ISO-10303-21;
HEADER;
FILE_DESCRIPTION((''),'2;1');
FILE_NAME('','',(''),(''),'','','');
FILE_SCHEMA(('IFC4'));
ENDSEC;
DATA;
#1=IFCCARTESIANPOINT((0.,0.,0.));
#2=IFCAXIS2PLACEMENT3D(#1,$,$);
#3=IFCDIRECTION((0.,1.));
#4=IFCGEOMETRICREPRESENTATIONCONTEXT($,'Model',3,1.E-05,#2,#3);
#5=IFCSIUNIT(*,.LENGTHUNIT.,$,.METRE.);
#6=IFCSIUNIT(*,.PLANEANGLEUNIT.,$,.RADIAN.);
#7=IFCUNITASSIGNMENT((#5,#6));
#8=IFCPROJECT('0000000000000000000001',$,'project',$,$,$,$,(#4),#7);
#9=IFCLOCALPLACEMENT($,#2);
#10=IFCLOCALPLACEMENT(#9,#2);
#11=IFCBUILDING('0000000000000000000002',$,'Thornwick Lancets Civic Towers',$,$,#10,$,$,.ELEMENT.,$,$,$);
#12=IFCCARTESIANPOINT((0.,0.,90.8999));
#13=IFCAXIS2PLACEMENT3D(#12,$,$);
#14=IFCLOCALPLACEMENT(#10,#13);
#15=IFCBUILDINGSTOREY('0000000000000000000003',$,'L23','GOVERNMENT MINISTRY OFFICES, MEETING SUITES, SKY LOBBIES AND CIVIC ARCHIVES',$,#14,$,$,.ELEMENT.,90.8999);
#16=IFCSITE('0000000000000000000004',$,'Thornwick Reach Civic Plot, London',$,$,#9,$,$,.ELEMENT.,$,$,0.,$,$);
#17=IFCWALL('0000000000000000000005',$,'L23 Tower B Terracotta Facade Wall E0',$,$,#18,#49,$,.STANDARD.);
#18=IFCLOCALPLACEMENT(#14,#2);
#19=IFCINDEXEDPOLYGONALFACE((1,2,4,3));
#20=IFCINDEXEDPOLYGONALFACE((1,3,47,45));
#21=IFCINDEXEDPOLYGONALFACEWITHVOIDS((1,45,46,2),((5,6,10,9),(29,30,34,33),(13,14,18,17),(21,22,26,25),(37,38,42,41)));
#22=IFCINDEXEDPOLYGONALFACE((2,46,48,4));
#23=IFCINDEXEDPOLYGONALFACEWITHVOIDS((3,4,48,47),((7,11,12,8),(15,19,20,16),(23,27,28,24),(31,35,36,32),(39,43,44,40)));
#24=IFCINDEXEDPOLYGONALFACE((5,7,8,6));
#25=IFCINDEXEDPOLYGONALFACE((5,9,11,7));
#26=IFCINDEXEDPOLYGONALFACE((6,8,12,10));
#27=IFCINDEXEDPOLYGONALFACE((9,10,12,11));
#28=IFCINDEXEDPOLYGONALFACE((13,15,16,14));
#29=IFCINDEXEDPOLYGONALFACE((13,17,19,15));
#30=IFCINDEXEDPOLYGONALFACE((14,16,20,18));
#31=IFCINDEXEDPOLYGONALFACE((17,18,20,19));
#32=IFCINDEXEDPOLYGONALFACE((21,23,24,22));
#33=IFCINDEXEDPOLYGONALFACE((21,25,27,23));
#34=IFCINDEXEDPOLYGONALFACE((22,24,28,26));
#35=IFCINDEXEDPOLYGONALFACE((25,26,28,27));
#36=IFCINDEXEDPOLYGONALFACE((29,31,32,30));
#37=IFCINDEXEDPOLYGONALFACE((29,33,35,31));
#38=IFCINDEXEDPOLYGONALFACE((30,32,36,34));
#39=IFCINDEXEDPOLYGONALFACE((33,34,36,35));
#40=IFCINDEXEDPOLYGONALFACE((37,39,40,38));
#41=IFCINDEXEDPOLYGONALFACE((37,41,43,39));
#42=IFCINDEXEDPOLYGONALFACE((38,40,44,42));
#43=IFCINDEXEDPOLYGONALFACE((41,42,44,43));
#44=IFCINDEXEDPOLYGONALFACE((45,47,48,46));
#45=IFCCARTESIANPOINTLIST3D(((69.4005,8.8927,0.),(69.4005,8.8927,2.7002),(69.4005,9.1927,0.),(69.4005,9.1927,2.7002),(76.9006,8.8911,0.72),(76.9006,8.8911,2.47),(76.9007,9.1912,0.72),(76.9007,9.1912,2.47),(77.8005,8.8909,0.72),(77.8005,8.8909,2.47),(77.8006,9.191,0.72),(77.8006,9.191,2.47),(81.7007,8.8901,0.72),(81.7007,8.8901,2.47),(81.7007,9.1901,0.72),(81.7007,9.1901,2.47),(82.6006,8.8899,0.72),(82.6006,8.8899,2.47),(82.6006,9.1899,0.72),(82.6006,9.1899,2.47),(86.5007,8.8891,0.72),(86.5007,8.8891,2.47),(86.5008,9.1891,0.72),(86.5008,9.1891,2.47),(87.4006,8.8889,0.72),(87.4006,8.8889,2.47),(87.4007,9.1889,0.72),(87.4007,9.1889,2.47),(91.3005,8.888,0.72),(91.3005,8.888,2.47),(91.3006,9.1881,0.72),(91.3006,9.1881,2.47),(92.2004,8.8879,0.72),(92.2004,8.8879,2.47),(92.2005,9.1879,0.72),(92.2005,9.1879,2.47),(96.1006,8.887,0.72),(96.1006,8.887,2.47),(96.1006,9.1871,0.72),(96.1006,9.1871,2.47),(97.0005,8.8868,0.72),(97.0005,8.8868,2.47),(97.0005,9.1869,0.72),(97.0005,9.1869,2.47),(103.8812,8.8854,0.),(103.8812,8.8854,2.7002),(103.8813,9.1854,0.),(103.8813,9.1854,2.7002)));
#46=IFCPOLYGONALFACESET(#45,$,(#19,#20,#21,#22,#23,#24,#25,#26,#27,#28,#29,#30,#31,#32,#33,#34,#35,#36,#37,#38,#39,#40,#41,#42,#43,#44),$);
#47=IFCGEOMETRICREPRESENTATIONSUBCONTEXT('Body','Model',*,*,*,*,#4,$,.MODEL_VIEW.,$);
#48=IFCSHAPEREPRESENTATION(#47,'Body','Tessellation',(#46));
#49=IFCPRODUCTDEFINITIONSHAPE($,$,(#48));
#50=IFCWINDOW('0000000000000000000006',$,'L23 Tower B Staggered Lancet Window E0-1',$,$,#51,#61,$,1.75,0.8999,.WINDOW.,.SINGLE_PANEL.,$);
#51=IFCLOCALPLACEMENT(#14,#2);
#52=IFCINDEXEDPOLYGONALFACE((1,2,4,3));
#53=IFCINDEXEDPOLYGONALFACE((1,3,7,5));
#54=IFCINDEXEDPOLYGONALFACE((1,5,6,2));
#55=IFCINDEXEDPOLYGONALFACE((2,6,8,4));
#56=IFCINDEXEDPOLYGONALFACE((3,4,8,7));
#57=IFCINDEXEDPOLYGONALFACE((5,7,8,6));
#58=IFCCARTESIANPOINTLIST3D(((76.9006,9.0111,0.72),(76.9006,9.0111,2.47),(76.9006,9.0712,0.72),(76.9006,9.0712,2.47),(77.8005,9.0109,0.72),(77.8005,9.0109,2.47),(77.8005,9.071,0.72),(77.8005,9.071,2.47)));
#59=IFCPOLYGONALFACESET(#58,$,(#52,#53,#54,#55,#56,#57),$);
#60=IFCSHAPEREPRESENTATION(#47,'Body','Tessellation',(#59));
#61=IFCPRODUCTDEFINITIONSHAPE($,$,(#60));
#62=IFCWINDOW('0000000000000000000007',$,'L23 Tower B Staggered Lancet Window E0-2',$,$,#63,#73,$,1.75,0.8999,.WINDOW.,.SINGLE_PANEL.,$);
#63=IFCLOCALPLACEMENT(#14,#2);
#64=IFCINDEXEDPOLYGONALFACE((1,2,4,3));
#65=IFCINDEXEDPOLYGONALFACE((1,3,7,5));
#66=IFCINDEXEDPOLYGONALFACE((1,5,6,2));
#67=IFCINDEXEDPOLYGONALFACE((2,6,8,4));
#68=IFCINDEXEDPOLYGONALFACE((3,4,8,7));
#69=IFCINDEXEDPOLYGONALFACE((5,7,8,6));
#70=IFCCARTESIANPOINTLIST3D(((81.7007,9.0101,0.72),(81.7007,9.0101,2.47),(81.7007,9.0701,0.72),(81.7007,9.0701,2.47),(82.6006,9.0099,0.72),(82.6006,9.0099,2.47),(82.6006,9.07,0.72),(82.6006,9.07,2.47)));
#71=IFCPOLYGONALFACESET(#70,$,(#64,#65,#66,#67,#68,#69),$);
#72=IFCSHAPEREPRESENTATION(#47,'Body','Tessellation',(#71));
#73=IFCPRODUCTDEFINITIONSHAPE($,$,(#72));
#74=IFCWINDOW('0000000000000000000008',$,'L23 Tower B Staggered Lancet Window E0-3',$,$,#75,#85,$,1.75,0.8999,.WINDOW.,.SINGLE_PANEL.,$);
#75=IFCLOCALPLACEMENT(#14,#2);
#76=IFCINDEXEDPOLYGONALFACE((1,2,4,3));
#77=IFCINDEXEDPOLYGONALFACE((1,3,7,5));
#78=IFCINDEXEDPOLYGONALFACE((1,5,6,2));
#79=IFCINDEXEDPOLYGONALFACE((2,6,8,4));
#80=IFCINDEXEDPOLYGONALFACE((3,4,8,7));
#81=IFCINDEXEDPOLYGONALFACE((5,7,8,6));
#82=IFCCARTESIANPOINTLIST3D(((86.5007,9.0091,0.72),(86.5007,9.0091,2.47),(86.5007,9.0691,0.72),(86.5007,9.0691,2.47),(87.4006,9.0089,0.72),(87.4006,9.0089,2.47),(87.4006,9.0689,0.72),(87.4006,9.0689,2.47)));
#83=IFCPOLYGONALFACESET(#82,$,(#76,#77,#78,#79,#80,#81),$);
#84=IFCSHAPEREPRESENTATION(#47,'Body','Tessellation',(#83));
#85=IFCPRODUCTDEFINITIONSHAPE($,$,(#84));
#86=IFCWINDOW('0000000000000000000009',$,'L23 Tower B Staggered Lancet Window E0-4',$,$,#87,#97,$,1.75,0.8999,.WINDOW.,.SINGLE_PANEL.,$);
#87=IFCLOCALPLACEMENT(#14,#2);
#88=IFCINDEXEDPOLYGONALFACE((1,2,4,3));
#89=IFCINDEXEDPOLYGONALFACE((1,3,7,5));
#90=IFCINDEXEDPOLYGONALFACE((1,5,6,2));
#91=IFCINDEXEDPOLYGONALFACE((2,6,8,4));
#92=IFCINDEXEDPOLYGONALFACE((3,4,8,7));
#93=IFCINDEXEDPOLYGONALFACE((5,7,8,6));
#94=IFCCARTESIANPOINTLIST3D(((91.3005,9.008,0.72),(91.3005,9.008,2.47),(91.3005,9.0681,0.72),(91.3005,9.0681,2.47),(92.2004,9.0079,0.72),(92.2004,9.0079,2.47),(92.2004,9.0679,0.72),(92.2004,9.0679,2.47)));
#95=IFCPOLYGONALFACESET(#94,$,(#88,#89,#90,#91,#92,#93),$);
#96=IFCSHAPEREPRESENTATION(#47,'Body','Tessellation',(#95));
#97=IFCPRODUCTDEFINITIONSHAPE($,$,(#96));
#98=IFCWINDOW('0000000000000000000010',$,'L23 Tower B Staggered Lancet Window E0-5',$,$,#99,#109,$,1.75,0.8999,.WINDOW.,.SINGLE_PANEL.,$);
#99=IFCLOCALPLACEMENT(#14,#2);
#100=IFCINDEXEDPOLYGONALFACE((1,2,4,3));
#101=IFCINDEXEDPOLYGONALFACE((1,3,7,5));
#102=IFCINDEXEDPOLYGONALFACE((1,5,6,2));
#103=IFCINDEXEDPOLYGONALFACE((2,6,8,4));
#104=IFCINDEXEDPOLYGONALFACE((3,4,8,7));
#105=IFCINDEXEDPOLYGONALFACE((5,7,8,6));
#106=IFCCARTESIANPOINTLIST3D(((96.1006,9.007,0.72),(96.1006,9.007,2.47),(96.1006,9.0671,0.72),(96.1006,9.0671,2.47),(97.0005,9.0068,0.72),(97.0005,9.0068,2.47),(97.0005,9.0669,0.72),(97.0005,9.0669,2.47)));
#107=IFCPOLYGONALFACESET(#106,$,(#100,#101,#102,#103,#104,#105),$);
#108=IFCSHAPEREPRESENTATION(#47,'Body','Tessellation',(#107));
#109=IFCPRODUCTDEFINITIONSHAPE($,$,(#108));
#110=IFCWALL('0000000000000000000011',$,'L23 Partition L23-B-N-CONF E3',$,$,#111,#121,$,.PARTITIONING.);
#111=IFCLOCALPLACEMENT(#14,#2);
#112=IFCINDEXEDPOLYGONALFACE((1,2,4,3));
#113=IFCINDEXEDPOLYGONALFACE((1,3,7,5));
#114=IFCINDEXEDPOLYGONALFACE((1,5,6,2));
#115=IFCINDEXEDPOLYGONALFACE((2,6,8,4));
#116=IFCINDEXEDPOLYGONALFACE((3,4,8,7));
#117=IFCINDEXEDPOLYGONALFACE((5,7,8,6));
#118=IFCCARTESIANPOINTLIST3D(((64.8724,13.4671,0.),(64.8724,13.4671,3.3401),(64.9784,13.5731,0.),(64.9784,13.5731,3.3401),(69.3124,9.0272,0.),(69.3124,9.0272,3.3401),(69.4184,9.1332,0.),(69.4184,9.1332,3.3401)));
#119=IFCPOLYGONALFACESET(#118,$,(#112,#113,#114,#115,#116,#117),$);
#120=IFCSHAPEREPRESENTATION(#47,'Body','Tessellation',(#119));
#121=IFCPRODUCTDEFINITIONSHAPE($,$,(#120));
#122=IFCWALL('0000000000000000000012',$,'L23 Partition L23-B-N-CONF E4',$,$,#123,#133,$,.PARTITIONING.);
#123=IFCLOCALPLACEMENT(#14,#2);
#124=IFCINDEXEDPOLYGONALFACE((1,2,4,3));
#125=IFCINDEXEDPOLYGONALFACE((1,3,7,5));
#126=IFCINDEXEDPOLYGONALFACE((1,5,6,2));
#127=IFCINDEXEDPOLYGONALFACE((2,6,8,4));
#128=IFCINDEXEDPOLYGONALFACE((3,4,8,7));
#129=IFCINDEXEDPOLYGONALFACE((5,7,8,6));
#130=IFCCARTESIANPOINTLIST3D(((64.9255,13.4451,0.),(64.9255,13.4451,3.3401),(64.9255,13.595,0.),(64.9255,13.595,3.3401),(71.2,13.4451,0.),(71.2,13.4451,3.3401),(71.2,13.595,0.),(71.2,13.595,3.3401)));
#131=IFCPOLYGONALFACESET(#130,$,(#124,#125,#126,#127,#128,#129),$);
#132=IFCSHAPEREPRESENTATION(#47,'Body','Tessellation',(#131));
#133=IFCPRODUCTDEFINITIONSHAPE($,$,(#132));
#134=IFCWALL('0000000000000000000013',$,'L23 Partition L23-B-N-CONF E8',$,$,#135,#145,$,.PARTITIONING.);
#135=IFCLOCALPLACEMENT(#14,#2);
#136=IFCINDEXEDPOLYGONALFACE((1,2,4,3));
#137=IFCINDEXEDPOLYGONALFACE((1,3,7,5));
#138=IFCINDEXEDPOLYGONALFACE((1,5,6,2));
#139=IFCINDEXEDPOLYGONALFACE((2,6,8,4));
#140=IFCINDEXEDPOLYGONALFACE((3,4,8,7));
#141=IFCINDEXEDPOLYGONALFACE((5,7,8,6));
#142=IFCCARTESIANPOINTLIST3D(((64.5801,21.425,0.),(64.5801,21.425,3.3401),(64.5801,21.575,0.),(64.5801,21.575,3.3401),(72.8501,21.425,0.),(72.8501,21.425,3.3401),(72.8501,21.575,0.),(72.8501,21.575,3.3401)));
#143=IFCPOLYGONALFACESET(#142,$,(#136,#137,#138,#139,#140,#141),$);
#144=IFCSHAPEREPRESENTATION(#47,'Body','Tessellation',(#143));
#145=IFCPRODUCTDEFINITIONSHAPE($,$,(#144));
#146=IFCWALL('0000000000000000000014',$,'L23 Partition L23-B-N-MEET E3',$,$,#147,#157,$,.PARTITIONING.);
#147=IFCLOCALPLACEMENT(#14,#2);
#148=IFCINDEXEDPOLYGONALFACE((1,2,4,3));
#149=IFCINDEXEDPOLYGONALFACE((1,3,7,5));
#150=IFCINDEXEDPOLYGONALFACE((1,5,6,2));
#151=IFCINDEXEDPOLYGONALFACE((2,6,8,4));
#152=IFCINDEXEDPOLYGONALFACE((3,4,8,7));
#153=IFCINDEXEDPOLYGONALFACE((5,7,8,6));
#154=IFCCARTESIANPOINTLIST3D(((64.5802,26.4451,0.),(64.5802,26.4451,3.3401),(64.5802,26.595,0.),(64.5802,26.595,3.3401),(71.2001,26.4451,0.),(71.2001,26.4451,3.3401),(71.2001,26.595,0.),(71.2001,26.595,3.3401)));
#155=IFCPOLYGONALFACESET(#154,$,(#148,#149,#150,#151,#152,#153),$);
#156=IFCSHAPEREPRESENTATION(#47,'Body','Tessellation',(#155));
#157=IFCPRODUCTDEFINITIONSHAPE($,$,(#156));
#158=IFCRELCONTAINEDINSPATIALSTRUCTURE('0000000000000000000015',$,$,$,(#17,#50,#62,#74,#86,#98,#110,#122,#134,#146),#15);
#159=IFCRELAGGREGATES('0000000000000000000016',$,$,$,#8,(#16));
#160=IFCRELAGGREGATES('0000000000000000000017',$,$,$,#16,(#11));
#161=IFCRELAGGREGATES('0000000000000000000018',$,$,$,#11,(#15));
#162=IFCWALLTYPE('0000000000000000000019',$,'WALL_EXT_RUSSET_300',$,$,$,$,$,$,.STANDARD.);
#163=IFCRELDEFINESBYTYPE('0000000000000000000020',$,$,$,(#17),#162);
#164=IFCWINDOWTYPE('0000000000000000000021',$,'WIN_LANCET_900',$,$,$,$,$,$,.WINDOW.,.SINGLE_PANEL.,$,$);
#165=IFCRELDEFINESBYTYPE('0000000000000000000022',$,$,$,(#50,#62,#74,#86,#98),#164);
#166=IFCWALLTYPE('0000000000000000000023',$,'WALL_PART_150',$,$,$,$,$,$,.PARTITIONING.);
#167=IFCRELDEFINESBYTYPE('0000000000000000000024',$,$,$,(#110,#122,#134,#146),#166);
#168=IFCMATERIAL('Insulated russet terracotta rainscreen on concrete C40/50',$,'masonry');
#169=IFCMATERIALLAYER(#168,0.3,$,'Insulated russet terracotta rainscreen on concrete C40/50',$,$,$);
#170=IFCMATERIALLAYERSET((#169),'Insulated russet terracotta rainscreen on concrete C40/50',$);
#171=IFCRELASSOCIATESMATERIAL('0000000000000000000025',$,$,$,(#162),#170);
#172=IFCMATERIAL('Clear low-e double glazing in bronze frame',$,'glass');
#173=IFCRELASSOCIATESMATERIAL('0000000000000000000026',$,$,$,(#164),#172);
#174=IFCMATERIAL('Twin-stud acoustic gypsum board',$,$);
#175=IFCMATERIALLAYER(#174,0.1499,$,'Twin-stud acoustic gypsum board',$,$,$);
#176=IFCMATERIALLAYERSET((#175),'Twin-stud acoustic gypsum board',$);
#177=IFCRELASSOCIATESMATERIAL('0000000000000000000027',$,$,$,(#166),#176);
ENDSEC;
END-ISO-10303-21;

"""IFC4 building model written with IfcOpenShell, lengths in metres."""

from ifc_helpers import new_model, si_unit, direction, frame, frame_2d, origin, place, context, subcontext, project, spatial, rectangle, extrude, material, layer, layer_set, type_object, element, fill, save


model = new_model("IFC4")

# Units and contexts
model_context = context("Model", 3, precision=1e-05, world=origin(), true_north=direction((0.0, 1.0)))
body_context = subcontext(model_context, "Body", "Model", "MODEL_VIEW")
ifc_project = project(units=[si_unit("LENGTHUNIT", "METRE"), si_unit("PLANEANGLEUNIT", "RADIAN")], contexts=[model_context])

# Site, building, storey
site_placement = place(None, origin())
site = spatial("IfcSite", under=ifc_project, at=site_placement, Name="Thornwick Reach Civic Plot, London", CompositionType="ELEMENT", RefElevation=0.0)
building_placement = place(site_placement, origin())
building = spatial("IfcBuilding", under=site, at=building_placement, Name="Thornwick Lancets Civic Towers", CompositionType="ELEMENT")
storey_placement = place(building_placement, frame((0.0, 0.0, 90.8999)))
storey = spatial("IfcBuildingStorey", under=building, at=storey_placement, Name="L23", Description="GOVERNMENT MINISTRY OFFICES, MEETING SUITES, SKY LOBBIES AND CIVIC ARCHIVES", CompositionType="ELEMENT", Elevation=90.8999)

# Wall, openings, windows
ifc_material_1 = material(Name="Insulated russet terracotta rainscreen on concrete C40/50", Category="masonry")
ifc_layer_1 = layer(ifc_material_1, 0.3, Name="Insulated russet terracotta rainscreen on concrete C40/50")
ifc_layer_set_1 = layer_set([ifc_layer_1], Name="Insulated russet terracotta rainscreen on concrete C40/50")
wall_type_1 = type_object("IfcWallType", Name="WALL_EXT_RUSSET_300", PredefinedType="STANDARD", material=ifc_layer_set_1)
ifc_material_2 = material(Name="Clear low-e double glazing in bronze frame", Category="glass")
window_type = type_object("IfcWindowType", Name="WIN_LANCET_900", PartitioningType="SINGLE_PANEL", PredefinedType="WINDOW", material=ifc_material_2)
wall_1_placement = place(storey_placement, frame((69.4006, 9.0427, 0.0), z_axis=(0.0, 0.0, 1.0), x_axis=(1.0, -0.000212, 0.0)))
wall_1 = element("IfcWall", 1, at=wall_1_placement, inside=storey, type_object=wall_type_1, Name="L23 Tower B Terracotta Facade Wall E0", PredefinedType="STANDARD", context=body_context, shape_type="SweptSolid", body=[
    extrude(rectangle(XDim=34.4807, YDim=0.3, at=frame_2d((17.2402, 0.0))), origin(), (0.0, 0.0, 1.0), 2.7002),
])
opening_1_placement = place(wall_1_placement, frame((7.5, 0.0, 0.72)))
opening_1 = element("IfcOpeningElement", 2, at=opening_1_placement, cuts=wall_1, PredefinedType="OPENING", context=body_context, shape_type="SweptSolid", body=[
    extrude(rectangle(XDim=0.8999, YDim=1.75, at=frame_2d((0.45, 0.875))), frame((0.0, 0.1602, 0.0), z_axis=(0.0, -1.0, 0.0), x_axis=(1.0, 0.0, 0.0)), (0.0, 0.0, 1.0), 0.3201),
])
opening_2_placement = place(wall_1_placement, frame((12.3, 0.0, 0.72)))
opening_2 = element("IfcOpeningElement", 3, at=opening_2_placement, cuts=wall_1, PredefinedType="OPENING", context=body_context, shape_type="SweptSolid", body=[
    extrude(rectangle(XDim=0.8999, YDim=1.75, at=frame_2d((0.45, 0.875))), frame((0.0, 0.1602, 0.0), z_axis=(0.0, -1.0, 0.0), x_axis=(1.0, 0.0, 0.0)), (0.0, 0.0, 1.0), 0.3201),
])
opening_3_placement = place(wall_1_placement, frame((17.1001, 0.0, 0.72)))
opening_3 = element("IfcOpeningElement", 4, at=opening_3_placement, cuts=wall_1, PredefinedType="OPENING", context=body_context, shape_type="SweptSolid", body=[
    extrude(rectangle(XDim=0.8999, YDim=1.75, at=frame_2d((0.45, 0.875))), frame((0.0, 0.1602, 0.0), z_axis=(0.0, -1.0, 0.0), x_axis=(1.0, 0.0, 0.0)), (0.0, 0.0, 1.0), 0.3201),
])
opening_4_placement = place(wall_1_placement, frame((21.8999, 0.0, 0.72)))
opening_4 = element("IfcOpeningElement", 5, at=opening_4_placement, cuts=wall_1, PredefinedType="OPENING", context=body_context, shape_type="SweptSolid", body=[
    extrude(rectangle(XDim=0.8999, YDim=1.75, at=frame_2d((0.45, 0.875))), frame((0.0, 0.1602, 0.0), z_axis=(0.0, -1.0, 0.0), x_axis=(1.0, 0.0, 0.0)), (0.0, 0.0, 1.0), 0.3201),
])
opening_5_placement = place(wall_1_placement, frame((26.7, 0.0, 0.72)))
opening_5 = element("IfcOpeningElement", 6, at=opening_5_placement, cuts=wall_1, PredefinedType="OPENING", context=body_context, shape_type="SweptSolid", body=[
    extrude(rectangle(XDim=0.8999, YDim=1.75, at=frame_2d((0.45, 0.875))), frame((0.0, 0.1602, 0.0), z_axis=(0.0, -1.0, 0.0), x_axis=(1.0, 0.0, 0.0)), (0.0, 0.0, 1.0), 0.3201),
])
window_1_placement = place(opening_1_placement, origin())
window_1 = element("IfcWindow", 7, at=window_1_placement, inside=storey, type_object=window_type, Name="L23 Tower B Staggered Lancet Window E0-1", OverallHeight=1.75, OverallWidth=0.8999, PartitioningType="SINGLE_PANEL", PredefinedType="WINDOW", context=body_context, shape_type="SweptSolid", body=[
    extrude(rectangle(XDim=0.8999, YDim=1.75, at=frame_2d((0.45, 0.875))), frame((0.0, 0.03, 0.0), z_axis=(0.0, -1.0, 0.0), x_axis=(1.0, 0.0, 0.0)), (0.0, 0.0, 1.0), 0.0601),
])
fill(opening_1, window_1)
window_2_placement = place(opening_2_placement, origin())
window_2 = element("IfcWindow", 8, at=window_2_placement, inside=storey, type_object=window_type, Name="L23 Tower B Staggered Lancet Window E0-2", OverallHeight=1.75, OverallWidth=0.8999, PartitioningType="SINGLE_PANEL", PredefinedType="WINDOW", context=body_context, shape_type="SweptSolid", body=[
    extrude(rectangle(XDim=0.8999, YDim=1.75, at=frame_2d((0.45, 0.875))), frame((0.0, 0.03, 0.0), z_axis=(0.0, -1.0, 0.0), x_axis=(1.0, 0.0, 0.0)), (0.0, 0.0, 1.0), 0.0601),
])
fill(opening_2, window_2)
window_3_placement = place(opening_3_placement, origin())
window_3 = element("IfcWindow", 9, at=window_3_placement, inside=storey, type_object=window_type, Name="L23 Tower B Staggered Lancet Window E0-3", OverallHeight=1.75, OverallWidth=0.8999, PartitioningType="SINGLE_PANEL", PredefinedType="WINDOW", context=body_context, shape_type="SweptSolid", body=[
    extrude(rectangle(XDim=0.8999, YDim=1.75, at=frame_2d((0.45, 0.875))), frame((0.0, 0.03, 0.0), z_axis=(0.0, -1.0, 0.0), x_axis=(1.0, 0.0, 0.0)), (0.0, 0.0, 1.0), 0.0601),
])
fill(opening_3, window_3)
window_4_placement = place(opening_4_placement, origin())
window_4 = element("IfcWindow", 10, at=window_4_placement, inside=storey, type_object=window_type, Name="L23 Tower B Staggered Lancet Window E0-4", OverallHeight=1.75, OverallWidth=0.8999, PartitioningType="SINGLE_PANEL", PredefinedType="WINDOW", context=body_context, shape_type="SweptSolid", body=[
    extrude(rectangle(XDim=0.8999, YDim=1.75, at=frame_2d((0.45, 0.875))), frame((0.0, 0.03, 0.0), z_axis=(0.0, -1.0, 0.0), x_axis=(1.0, 0.0, 0.0)), (0.0, 0.0, 1.0), 0.0601),
])
fill(opening_4, window_4)
window_5_placement = place(opening_5_placement, origin())
window_5 = element("IfcWindow", 11, at=window_5_placement, inside=storey, type_object=window_type, Name="L23 Tower B Staggered Lancet Window E0-5", OverallHeight=1.75, OverallWidth=0.8999, PartitioningType="SINGLE_PANEL", PredefinedType="WINDOW", context=body_context, shape_type="SweptSolid", body=[
    extrude(rectangle(XDim=0.8999, YDim=1.75, at=frame_2d((0.45, 0.875))), frame((0.0, 0.03, 0.0), z_axis=(0.0, -1.0, 0.0), x_axis=(1.0, 0.0, 0.0)), (0.0, 0.0, 1.0), 0.0601),
])
fill(opening_5, window_5)

# Walls
ifc_material_3 = material(Name="Twin-stud acoustic gypsum board")
ifc_layer_2 = layer(ifc_material_3, 0.1499, Name="Twin-stud acoustic gypsum board")
ifc_layer_set_2 = layer_set([ifc_layer_2], Name="Twin-stud acoustic gypsum board")
wall_type_2 = type_object("IfcWallType", Name="WALL_PART_150", PredefinedType="PARTITIONING", material=ifc_layer_set_2)
wall_2_placement = place(storey_placement, frame((69.3655, 9.0801, 0.0), z_axis=(0.0, 0.0, 1.0), x_axis=(-0.707107, 0.707107, 0.0)))
element("IfcWall", 12, at=wall_2_placement, inside=storey, type_object=wall_type_2, Name="L23 Partition L23-B-N-CONF E3", PredefinedType="PARTITIONING", context=body_context, shape_type="SweptSolid", body=[
    extrude(rectangle(XDim=6.2791, YDim=0.1499, at=frame_2d((3.1396, 0.0))), origin(), (0.0, 0.0, 1.0), 3.3401),
])
wall_3_placement = place(storey_placement, frame((64.9255, 13.52, 0.0), z_axis=(0.0, 0.0, 1.0), x_axis=(1.0, 0.0, 0.0)))
element("IfcWall", 13, at=wall_3_placement, inside=storey, type_object=wall_type_2, Name="L23 Partition L23-B-N-CONF E4", PredefinedType="PARTITIONING", context=body_context, shape_type="SweptSolid", body=[
    extrude(rectangle(XDim=6.2744, YDim=0.1499, at=frame_2d((3.1372, 0.0))), origin(), (0.0, 0.0, 1.0), 3.3401),
])
wall_4_placement = place(storey_placement, frame((64.5801, 21.5, 0.0), z_axis=(0.0, 0.0, 1.0), x_axis=(1.0, 0.0, 0.0)))
element("IfcWall", 14, at=wall_4_placement, inside=storey, type_object=wall_type_2, Name="L23 Partition L23-B-N-CONF E8", PredefinedType="PARTITIONING", context=body_context, shape_type="SweptSolid", body=[
    extrude(rectangle(XDim=8.27, YDim=0.1499, at=frame_2d((4.135, 0.0))), origin(), (0.0, 0.0, 1.0), 3.3401),
])
wall_5_placement = place(storey_placement, frame((64.5801, 26.52, 0.0), z_axis=(0.0, 0.0, 1.0), x_axis=(1.0, 0.0, 0.0)))
element("IfcWall", 15, at=wall_5_placement, inside=storey, type_object=wall_type_2, Name="L23 Partition L23-B-N-MEET E3", PredefinedType="PARTITIONING", context=body_context, shape_type="SweptSolid", body=[
    extrude(rectangle(XDim=6.6199, YDim=0.1499, at=frame_2d((3.3101, 0.0))), origin(), (0.0, 0.0, 1.0), 3.3401),
])

save(model, "model.ifc")
